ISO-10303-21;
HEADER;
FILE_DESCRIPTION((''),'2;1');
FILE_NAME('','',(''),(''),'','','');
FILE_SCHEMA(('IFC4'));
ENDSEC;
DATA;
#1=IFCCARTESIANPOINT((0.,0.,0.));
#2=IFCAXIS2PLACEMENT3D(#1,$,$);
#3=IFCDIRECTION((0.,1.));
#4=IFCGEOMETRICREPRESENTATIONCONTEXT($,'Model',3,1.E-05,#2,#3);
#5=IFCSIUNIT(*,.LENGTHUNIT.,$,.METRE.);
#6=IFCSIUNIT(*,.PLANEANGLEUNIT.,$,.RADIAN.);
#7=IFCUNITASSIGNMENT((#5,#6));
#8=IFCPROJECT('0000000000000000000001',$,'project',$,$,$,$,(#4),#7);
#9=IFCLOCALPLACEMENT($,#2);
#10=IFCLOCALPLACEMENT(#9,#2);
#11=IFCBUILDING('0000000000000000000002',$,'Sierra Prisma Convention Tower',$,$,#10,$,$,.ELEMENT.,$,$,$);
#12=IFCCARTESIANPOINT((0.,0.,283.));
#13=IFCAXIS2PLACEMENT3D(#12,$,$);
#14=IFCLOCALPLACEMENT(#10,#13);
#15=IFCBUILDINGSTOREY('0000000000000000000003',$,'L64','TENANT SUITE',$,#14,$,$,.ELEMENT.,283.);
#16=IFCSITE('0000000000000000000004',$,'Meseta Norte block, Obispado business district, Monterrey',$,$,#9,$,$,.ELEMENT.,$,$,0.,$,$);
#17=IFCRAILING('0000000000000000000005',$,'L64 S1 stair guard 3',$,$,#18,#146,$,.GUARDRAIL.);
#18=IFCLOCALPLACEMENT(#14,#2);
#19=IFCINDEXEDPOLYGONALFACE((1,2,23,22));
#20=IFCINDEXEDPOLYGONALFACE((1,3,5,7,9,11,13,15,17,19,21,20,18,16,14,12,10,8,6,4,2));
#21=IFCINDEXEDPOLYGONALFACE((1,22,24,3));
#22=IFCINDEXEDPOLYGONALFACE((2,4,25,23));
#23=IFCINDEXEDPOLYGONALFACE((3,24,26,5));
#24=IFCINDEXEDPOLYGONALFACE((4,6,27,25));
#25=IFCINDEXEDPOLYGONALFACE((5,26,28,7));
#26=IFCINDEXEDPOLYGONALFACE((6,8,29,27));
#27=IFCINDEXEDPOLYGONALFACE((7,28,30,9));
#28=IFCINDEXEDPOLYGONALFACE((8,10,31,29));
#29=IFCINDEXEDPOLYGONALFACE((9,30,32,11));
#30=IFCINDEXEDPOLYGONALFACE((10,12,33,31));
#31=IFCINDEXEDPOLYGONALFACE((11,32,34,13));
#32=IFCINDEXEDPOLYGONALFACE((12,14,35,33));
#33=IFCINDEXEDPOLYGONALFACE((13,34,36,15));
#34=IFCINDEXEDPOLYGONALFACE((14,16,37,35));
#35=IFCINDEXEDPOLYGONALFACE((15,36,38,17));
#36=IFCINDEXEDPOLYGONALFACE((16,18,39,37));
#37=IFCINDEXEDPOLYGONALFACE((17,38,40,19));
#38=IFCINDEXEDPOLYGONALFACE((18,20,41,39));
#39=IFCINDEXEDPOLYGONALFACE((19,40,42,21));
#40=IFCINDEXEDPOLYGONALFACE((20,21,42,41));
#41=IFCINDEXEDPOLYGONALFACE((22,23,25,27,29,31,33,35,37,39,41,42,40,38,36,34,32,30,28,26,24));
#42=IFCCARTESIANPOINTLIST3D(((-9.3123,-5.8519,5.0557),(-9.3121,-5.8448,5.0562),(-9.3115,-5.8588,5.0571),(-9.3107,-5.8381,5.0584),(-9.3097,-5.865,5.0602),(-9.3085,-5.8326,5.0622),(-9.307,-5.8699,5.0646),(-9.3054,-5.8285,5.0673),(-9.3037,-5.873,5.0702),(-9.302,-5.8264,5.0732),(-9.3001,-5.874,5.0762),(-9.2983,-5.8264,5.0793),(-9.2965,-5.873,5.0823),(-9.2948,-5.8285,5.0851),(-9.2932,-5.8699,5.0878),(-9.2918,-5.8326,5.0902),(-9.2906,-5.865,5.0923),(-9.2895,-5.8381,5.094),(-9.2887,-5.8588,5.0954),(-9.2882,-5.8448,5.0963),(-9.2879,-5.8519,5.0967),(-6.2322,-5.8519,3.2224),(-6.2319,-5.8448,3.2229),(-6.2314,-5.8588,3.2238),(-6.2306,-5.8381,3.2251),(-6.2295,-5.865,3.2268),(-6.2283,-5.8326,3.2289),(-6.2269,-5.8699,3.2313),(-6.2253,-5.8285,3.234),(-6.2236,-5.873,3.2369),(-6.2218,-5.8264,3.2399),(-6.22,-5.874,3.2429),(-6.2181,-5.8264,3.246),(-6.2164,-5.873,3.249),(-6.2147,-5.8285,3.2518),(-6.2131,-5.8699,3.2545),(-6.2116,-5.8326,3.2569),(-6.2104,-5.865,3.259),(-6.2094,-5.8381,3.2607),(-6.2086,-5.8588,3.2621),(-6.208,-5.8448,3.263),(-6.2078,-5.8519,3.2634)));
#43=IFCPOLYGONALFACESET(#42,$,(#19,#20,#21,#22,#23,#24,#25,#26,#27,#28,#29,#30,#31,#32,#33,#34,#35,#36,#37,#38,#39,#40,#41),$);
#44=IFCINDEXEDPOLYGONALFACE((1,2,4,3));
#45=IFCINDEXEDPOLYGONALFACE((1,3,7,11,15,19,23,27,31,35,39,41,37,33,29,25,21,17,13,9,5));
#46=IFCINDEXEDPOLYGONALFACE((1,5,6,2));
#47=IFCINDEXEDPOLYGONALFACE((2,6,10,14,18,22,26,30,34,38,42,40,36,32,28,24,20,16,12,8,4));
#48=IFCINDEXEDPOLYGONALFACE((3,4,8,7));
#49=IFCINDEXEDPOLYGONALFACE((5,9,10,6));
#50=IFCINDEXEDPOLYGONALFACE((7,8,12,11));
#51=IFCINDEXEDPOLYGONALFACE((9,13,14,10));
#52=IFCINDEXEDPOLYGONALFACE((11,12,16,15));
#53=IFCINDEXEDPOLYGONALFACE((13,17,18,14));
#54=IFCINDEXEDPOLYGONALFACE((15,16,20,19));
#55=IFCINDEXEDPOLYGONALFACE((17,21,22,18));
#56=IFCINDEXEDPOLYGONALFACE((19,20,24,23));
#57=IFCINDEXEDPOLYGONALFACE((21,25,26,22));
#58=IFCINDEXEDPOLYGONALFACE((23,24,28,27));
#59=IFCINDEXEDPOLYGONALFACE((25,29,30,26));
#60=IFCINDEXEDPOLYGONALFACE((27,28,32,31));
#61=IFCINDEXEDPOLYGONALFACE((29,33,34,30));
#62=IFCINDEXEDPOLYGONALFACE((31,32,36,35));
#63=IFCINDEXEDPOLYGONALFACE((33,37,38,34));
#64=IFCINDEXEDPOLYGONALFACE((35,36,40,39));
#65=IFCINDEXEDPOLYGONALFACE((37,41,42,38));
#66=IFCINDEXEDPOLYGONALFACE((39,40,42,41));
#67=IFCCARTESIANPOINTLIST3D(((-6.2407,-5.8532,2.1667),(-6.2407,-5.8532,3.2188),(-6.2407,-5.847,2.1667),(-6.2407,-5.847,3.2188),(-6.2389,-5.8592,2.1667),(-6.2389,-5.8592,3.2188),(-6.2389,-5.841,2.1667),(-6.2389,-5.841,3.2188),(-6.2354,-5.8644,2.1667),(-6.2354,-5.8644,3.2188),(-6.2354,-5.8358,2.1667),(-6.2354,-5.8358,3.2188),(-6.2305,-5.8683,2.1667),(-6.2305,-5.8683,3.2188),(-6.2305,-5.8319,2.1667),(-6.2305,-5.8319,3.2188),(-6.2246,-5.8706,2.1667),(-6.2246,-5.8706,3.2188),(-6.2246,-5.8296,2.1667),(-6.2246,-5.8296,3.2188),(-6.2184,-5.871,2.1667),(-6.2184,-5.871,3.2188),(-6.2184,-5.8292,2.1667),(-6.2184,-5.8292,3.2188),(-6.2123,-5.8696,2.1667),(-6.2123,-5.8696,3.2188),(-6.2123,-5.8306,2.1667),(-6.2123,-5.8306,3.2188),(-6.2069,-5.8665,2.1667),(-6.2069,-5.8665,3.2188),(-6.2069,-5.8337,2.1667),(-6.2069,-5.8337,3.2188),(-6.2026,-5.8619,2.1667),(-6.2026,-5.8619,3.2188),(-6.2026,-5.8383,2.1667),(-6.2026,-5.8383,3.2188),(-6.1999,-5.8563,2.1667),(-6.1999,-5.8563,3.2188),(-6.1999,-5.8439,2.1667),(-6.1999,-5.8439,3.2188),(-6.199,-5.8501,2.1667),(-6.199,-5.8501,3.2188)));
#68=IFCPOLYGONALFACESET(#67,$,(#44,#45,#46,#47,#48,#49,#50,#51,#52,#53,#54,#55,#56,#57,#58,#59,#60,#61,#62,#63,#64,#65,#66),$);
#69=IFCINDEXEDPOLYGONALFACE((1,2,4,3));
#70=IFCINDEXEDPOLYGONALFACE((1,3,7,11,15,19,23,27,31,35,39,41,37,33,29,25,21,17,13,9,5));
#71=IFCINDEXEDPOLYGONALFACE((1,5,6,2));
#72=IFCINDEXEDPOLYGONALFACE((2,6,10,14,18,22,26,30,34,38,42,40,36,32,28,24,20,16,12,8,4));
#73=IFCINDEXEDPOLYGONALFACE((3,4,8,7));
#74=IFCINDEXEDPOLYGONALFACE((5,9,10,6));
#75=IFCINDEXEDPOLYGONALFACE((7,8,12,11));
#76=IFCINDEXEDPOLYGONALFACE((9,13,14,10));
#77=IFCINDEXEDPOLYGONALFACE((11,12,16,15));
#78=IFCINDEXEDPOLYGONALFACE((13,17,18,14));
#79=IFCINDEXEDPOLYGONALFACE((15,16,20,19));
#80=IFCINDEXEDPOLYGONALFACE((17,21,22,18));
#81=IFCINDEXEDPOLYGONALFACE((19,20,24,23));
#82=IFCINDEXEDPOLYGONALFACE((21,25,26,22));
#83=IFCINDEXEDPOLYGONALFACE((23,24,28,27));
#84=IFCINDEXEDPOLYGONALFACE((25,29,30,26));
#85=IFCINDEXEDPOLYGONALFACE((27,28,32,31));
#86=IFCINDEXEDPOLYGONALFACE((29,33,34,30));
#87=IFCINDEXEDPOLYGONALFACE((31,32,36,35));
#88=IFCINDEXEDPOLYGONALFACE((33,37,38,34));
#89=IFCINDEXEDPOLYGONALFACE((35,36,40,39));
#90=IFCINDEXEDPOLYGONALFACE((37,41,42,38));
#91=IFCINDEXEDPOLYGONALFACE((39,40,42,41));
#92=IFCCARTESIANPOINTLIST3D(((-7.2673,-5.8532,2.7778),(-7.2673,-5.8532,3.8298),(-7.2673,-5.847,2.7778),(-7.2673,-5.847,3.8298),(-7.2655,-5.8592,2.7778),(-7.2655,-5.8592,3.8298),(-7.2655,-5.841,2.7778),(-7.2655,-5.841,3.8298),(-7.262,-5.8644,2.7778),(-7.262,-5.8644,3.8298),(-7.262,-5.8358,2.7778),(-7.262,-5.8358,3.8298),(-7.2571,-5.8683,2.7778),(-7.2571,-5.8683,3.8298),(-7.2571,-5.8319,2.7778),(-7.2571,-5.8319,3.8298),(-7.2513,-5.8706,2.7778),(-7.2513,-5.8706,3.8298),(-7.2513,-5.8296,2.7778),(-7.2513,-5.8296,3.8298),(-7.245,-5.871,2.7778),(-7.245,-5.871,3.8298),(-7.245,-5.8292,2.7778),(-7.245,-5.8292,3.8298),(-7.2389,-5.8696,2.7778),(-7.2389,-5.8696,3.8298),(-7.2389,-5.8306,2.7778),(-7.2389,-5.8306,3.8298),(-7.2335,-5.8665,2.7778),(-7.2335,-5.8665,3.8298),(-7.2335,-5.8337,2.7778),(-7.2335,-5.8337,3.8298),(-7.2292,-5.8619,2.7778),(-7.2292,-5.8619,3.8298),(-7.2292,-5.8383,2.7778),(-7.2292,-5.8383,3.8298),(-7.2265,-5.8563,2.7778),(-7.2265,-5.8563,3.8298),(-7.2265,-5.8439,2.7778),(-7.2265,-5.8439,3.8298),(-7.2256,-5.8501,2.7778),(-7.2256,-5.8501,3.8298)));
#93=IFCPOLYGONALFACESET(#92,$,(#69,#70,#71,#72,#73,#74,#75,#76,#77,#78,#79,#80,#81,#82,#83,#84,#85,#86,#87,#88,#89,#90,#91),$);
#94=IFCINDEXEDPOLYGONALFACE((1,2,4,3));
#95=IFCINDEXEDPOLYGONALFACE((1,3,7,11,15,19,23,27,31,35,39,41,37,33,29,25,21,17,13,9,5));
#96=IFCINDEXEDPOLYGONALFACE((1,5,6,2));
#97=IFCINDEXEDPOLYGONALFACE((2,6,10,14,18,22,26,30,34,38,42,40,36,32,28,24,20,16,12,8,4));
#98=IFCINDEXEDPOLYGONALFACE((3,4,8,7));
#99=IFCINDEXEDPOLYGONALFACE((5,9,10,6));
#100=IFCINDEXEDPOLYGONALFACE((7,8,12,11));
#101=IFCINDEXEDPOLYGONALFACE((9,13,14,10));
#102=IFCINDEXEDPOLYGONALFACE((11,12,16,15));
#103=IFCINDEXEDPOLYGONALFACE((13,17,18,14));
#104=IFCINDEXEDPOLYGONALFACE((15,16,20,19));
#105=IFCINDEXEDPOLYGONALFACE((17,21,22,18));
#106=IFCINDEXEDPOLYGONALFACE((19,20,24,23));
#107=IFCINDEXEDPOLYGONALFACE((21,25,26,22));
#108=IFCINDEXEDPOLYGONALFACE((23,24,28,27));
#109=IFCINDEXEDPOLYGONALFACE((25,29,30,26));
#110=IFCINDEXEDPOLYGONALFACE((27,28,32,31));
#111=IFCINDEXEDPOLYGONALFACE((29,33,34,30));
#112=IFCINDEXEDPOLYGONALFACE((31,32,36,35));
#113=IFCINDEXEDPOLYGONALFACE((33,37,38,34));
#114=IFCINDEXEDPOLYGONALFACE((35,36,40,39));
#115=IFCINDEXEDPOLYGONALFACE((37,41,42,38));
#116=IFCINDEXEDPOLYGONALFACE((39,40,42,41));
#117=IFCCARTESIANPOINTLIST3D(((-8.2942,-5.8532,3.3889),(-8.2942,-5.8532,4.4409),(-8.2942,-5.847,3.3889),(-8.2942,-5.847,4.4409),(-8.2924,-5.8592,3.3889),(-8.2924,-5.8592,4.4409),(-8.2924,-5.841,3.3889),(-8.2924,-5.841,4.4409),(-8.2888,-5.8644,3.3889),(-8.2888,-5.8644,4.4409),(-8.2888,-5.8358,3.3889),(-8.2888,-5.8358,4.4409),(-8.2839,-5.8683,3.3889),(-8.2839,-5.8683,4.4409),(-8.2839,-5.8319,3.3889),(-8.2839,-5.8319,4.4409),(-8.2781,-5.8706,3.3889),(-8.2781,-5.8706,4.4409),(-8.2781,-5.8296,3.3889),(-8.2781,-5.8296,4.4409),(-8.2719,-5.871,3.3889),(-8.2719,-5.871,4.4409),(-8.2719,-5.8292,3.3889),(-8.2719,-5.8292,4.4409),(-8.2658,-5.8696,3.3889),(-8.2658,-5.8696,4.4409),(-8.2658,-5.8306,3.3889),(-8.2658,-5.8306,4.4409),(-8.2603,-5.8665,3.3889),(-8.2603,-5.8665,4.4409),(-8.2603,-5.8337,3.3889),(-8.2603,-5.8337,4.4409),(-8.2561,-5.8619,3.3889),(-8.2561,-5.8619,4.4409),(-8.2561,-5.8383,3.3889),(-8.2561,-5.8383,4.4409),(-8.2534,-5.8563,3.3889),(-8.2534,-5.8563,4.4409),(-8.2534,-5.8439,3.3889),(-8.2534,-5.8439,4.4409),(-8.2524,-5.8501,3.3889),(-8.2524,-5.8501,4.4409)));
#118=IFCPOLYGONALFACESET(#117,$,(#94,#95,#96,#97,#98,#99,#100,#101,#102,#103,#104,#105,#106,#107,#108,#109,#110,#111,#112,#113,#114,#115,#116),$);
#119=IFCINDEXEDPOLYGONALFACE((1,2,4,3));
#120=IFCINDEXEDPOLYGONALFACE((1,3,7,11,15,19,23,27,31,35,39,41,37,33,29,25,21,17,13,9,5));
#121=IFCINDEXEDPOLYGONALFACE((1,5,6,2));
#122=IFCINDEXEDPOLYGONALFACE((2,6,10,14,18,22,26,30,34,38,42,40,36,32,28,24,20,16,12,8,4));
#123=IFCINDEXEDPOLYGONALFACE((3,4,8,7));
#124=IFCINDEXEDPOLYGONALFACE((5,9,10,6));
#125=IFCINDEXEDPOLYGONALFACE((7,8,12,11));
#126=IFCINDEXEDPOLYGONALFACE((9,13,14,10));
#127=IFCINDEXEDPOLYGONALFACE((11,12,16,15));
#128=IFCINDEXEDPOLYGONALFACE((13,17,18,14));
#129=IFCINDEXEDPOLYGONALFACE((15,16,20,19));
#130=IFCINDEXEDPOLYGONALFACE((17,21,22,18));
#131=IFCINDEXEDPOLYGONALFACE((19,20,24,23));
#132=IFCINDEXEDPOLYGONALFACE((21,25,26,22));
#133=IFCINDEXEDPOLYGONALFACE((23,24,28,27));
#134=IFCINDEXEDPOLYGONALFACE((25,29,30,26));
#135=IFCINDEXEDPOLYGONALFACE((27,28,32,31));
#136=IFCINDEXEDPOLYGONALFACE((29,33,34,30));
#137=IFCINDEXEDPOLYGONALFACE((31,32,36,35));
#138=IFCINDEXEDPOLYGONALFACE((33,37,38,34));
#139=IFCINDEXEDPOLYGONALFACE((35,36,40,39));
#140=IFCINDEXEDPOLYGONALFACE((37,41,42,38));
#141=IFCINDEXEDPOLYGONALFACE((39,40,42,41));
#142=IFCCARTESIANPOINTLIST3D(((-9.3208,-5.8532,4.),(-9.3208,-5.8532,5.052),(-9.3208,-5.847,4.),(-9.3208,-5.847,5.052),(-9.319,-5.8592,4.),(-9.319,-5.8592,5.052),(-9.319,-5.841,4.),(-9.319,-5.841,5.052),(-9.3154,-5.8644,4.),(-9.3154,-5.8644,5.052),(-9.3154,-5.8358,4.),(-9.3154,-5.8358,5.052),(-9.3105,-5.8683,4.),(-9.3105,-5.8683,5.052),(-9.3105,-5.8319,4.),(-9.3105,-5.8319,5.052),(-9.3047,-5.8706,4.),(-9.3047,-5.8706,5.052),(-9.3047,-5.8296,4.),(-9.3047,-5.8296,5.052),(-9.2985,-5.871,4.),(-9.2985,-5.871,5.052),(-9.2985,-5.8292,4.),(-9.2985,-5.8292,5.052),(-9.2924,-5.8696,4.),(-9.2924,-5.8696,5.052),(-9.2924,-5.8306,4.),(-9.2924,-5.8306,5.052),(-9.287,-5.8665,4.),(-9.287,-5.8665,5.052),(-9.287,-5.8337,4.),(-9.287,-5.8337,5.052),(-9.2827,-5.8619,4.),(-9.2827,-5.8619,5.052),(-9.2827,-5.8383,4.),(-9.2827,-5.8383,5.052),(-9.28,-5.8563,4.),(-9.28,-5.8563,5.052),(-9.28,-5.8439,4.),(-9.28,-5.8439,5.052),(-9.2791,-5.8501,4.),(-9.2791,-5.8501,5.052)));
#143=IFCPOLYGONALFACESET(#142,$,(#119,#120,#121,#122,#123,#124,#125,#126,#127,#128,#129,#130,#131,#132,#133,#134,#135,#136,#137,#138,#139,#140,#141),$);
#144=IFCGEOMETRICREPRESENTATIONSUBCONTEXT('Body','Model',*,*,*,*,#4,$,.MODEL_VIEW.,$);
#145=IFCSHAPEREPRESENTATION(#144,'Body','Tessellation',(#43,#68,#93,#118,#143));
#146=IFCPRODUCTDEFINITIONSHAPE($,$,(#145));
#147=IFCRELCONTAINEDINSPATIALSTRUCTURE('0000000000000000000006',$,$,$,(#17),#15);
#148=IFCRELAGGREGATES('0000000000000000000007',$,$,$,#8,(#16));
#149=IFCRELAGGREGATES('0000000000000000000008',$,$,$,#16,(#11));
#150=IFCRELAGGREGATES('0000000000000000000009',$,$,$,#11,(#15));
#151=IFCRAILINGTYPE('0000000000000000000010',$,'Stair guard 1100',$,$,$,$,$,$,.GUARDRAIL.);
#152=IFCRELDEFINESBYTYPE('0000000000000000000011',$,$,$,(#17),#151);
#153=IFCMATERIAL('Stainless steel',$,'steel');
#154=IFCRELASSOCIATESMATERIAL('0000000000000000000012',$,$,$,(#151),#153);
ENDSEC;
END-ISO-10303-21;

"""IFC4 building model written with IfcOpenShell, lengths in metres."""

from ifc_helpers import new_model, si_unit, direction, frame, origin, origin_2d, place, context, subcontext, project, spatial, circle, extrude, material, type_object, element, save


model = new_model("IFC4")

# Units and contexts
model_context = context("Model", 3, precision=1e-05, world=origin(), true_north=direction((0.0, 1.0)))
body_context = subcontext(model_context, "Body", "Model", "MODEL_VIEW")
ifc_project = project(units=[si_unit("LENGTHUNIT", "METRE"), si_unit("PLANEANGLEUNIT", "RADIAN")], contexts=[model_context])

# Site, building, storey
site_placement = place(None, origin())
site = spatial("IfcSite", under=ifc_project, at=site_placement, Name="Meseta Norte block, Obispado business district, Monterrey", CompositionType="ELEMENT", RefElevation=0.0)
building_placement = place(site_placement, origin())
building = spatial("IfcBuilding", under=site, at=building_placement, Name="Sierra Prisma Convention Tower", CompositionType="ELEMENT")
storey_placement = place(building_placement, frame((0.0, 0.0, 283.0)))
storey = spatial("IfcBuildingStorey", under=building, at=storey_placement, Name="L64", Description="TENANT SUITE", CompositionType="ELEMENT", Elevation=283.0)

# Railing
ifc_material_1 = material(Name="Stainless steel", Category="steel")
railing_type_1 = type_object("IfcRailingType", Name="Stair guard 1100", PredefinedType="GUARDRAIL", material=ifc_material_1)
railing_1_placement = place(storey_placement, frame((-6.22, -5.8501, 2.1667)))
element("IfcRailing", 1, at=railing_1_placement, inside=storey, type_object=railing_type_1, Name="L64 S1 stair guard 3", PredefinedType="GUARDRAIL", context=body_context, shape_type="SweptSolid", body=[
    extrude(circle(Radius=0.0239, at=origin_2d()), frame((0.0, 0.0, 1.0762), z_axis=(-0.859309, 0.0, 0.511458), x_axis=(0.0, -1.0, 0.0)), (0.0, 0.0, 1.0), 3.5845),
    extrude(circle(Radius=0.021, at=origin_2d()), origin(), (0.0, 0.0, 1.0), 1.052),
    extrude(circle(Radius=0.021, at=origin_2d()), frame((-1.0266, 0.0, 0.6111)), (0.0, 0.0, 1.0), 1.052),
    extrude(circle(Radius=0.021, at=origin_2d()), frame((-2.0535, 0.0, 1.2222)), (0.0, 0.0, 1.0), 1.052),
    extrude(circle(Radius=0.021, at=origin_2d()), frame((-3.0801, 0.0, 1.8333)), (0.0, 0.0, 1.0), 1.052),
])

save(model, "model.ifc")
